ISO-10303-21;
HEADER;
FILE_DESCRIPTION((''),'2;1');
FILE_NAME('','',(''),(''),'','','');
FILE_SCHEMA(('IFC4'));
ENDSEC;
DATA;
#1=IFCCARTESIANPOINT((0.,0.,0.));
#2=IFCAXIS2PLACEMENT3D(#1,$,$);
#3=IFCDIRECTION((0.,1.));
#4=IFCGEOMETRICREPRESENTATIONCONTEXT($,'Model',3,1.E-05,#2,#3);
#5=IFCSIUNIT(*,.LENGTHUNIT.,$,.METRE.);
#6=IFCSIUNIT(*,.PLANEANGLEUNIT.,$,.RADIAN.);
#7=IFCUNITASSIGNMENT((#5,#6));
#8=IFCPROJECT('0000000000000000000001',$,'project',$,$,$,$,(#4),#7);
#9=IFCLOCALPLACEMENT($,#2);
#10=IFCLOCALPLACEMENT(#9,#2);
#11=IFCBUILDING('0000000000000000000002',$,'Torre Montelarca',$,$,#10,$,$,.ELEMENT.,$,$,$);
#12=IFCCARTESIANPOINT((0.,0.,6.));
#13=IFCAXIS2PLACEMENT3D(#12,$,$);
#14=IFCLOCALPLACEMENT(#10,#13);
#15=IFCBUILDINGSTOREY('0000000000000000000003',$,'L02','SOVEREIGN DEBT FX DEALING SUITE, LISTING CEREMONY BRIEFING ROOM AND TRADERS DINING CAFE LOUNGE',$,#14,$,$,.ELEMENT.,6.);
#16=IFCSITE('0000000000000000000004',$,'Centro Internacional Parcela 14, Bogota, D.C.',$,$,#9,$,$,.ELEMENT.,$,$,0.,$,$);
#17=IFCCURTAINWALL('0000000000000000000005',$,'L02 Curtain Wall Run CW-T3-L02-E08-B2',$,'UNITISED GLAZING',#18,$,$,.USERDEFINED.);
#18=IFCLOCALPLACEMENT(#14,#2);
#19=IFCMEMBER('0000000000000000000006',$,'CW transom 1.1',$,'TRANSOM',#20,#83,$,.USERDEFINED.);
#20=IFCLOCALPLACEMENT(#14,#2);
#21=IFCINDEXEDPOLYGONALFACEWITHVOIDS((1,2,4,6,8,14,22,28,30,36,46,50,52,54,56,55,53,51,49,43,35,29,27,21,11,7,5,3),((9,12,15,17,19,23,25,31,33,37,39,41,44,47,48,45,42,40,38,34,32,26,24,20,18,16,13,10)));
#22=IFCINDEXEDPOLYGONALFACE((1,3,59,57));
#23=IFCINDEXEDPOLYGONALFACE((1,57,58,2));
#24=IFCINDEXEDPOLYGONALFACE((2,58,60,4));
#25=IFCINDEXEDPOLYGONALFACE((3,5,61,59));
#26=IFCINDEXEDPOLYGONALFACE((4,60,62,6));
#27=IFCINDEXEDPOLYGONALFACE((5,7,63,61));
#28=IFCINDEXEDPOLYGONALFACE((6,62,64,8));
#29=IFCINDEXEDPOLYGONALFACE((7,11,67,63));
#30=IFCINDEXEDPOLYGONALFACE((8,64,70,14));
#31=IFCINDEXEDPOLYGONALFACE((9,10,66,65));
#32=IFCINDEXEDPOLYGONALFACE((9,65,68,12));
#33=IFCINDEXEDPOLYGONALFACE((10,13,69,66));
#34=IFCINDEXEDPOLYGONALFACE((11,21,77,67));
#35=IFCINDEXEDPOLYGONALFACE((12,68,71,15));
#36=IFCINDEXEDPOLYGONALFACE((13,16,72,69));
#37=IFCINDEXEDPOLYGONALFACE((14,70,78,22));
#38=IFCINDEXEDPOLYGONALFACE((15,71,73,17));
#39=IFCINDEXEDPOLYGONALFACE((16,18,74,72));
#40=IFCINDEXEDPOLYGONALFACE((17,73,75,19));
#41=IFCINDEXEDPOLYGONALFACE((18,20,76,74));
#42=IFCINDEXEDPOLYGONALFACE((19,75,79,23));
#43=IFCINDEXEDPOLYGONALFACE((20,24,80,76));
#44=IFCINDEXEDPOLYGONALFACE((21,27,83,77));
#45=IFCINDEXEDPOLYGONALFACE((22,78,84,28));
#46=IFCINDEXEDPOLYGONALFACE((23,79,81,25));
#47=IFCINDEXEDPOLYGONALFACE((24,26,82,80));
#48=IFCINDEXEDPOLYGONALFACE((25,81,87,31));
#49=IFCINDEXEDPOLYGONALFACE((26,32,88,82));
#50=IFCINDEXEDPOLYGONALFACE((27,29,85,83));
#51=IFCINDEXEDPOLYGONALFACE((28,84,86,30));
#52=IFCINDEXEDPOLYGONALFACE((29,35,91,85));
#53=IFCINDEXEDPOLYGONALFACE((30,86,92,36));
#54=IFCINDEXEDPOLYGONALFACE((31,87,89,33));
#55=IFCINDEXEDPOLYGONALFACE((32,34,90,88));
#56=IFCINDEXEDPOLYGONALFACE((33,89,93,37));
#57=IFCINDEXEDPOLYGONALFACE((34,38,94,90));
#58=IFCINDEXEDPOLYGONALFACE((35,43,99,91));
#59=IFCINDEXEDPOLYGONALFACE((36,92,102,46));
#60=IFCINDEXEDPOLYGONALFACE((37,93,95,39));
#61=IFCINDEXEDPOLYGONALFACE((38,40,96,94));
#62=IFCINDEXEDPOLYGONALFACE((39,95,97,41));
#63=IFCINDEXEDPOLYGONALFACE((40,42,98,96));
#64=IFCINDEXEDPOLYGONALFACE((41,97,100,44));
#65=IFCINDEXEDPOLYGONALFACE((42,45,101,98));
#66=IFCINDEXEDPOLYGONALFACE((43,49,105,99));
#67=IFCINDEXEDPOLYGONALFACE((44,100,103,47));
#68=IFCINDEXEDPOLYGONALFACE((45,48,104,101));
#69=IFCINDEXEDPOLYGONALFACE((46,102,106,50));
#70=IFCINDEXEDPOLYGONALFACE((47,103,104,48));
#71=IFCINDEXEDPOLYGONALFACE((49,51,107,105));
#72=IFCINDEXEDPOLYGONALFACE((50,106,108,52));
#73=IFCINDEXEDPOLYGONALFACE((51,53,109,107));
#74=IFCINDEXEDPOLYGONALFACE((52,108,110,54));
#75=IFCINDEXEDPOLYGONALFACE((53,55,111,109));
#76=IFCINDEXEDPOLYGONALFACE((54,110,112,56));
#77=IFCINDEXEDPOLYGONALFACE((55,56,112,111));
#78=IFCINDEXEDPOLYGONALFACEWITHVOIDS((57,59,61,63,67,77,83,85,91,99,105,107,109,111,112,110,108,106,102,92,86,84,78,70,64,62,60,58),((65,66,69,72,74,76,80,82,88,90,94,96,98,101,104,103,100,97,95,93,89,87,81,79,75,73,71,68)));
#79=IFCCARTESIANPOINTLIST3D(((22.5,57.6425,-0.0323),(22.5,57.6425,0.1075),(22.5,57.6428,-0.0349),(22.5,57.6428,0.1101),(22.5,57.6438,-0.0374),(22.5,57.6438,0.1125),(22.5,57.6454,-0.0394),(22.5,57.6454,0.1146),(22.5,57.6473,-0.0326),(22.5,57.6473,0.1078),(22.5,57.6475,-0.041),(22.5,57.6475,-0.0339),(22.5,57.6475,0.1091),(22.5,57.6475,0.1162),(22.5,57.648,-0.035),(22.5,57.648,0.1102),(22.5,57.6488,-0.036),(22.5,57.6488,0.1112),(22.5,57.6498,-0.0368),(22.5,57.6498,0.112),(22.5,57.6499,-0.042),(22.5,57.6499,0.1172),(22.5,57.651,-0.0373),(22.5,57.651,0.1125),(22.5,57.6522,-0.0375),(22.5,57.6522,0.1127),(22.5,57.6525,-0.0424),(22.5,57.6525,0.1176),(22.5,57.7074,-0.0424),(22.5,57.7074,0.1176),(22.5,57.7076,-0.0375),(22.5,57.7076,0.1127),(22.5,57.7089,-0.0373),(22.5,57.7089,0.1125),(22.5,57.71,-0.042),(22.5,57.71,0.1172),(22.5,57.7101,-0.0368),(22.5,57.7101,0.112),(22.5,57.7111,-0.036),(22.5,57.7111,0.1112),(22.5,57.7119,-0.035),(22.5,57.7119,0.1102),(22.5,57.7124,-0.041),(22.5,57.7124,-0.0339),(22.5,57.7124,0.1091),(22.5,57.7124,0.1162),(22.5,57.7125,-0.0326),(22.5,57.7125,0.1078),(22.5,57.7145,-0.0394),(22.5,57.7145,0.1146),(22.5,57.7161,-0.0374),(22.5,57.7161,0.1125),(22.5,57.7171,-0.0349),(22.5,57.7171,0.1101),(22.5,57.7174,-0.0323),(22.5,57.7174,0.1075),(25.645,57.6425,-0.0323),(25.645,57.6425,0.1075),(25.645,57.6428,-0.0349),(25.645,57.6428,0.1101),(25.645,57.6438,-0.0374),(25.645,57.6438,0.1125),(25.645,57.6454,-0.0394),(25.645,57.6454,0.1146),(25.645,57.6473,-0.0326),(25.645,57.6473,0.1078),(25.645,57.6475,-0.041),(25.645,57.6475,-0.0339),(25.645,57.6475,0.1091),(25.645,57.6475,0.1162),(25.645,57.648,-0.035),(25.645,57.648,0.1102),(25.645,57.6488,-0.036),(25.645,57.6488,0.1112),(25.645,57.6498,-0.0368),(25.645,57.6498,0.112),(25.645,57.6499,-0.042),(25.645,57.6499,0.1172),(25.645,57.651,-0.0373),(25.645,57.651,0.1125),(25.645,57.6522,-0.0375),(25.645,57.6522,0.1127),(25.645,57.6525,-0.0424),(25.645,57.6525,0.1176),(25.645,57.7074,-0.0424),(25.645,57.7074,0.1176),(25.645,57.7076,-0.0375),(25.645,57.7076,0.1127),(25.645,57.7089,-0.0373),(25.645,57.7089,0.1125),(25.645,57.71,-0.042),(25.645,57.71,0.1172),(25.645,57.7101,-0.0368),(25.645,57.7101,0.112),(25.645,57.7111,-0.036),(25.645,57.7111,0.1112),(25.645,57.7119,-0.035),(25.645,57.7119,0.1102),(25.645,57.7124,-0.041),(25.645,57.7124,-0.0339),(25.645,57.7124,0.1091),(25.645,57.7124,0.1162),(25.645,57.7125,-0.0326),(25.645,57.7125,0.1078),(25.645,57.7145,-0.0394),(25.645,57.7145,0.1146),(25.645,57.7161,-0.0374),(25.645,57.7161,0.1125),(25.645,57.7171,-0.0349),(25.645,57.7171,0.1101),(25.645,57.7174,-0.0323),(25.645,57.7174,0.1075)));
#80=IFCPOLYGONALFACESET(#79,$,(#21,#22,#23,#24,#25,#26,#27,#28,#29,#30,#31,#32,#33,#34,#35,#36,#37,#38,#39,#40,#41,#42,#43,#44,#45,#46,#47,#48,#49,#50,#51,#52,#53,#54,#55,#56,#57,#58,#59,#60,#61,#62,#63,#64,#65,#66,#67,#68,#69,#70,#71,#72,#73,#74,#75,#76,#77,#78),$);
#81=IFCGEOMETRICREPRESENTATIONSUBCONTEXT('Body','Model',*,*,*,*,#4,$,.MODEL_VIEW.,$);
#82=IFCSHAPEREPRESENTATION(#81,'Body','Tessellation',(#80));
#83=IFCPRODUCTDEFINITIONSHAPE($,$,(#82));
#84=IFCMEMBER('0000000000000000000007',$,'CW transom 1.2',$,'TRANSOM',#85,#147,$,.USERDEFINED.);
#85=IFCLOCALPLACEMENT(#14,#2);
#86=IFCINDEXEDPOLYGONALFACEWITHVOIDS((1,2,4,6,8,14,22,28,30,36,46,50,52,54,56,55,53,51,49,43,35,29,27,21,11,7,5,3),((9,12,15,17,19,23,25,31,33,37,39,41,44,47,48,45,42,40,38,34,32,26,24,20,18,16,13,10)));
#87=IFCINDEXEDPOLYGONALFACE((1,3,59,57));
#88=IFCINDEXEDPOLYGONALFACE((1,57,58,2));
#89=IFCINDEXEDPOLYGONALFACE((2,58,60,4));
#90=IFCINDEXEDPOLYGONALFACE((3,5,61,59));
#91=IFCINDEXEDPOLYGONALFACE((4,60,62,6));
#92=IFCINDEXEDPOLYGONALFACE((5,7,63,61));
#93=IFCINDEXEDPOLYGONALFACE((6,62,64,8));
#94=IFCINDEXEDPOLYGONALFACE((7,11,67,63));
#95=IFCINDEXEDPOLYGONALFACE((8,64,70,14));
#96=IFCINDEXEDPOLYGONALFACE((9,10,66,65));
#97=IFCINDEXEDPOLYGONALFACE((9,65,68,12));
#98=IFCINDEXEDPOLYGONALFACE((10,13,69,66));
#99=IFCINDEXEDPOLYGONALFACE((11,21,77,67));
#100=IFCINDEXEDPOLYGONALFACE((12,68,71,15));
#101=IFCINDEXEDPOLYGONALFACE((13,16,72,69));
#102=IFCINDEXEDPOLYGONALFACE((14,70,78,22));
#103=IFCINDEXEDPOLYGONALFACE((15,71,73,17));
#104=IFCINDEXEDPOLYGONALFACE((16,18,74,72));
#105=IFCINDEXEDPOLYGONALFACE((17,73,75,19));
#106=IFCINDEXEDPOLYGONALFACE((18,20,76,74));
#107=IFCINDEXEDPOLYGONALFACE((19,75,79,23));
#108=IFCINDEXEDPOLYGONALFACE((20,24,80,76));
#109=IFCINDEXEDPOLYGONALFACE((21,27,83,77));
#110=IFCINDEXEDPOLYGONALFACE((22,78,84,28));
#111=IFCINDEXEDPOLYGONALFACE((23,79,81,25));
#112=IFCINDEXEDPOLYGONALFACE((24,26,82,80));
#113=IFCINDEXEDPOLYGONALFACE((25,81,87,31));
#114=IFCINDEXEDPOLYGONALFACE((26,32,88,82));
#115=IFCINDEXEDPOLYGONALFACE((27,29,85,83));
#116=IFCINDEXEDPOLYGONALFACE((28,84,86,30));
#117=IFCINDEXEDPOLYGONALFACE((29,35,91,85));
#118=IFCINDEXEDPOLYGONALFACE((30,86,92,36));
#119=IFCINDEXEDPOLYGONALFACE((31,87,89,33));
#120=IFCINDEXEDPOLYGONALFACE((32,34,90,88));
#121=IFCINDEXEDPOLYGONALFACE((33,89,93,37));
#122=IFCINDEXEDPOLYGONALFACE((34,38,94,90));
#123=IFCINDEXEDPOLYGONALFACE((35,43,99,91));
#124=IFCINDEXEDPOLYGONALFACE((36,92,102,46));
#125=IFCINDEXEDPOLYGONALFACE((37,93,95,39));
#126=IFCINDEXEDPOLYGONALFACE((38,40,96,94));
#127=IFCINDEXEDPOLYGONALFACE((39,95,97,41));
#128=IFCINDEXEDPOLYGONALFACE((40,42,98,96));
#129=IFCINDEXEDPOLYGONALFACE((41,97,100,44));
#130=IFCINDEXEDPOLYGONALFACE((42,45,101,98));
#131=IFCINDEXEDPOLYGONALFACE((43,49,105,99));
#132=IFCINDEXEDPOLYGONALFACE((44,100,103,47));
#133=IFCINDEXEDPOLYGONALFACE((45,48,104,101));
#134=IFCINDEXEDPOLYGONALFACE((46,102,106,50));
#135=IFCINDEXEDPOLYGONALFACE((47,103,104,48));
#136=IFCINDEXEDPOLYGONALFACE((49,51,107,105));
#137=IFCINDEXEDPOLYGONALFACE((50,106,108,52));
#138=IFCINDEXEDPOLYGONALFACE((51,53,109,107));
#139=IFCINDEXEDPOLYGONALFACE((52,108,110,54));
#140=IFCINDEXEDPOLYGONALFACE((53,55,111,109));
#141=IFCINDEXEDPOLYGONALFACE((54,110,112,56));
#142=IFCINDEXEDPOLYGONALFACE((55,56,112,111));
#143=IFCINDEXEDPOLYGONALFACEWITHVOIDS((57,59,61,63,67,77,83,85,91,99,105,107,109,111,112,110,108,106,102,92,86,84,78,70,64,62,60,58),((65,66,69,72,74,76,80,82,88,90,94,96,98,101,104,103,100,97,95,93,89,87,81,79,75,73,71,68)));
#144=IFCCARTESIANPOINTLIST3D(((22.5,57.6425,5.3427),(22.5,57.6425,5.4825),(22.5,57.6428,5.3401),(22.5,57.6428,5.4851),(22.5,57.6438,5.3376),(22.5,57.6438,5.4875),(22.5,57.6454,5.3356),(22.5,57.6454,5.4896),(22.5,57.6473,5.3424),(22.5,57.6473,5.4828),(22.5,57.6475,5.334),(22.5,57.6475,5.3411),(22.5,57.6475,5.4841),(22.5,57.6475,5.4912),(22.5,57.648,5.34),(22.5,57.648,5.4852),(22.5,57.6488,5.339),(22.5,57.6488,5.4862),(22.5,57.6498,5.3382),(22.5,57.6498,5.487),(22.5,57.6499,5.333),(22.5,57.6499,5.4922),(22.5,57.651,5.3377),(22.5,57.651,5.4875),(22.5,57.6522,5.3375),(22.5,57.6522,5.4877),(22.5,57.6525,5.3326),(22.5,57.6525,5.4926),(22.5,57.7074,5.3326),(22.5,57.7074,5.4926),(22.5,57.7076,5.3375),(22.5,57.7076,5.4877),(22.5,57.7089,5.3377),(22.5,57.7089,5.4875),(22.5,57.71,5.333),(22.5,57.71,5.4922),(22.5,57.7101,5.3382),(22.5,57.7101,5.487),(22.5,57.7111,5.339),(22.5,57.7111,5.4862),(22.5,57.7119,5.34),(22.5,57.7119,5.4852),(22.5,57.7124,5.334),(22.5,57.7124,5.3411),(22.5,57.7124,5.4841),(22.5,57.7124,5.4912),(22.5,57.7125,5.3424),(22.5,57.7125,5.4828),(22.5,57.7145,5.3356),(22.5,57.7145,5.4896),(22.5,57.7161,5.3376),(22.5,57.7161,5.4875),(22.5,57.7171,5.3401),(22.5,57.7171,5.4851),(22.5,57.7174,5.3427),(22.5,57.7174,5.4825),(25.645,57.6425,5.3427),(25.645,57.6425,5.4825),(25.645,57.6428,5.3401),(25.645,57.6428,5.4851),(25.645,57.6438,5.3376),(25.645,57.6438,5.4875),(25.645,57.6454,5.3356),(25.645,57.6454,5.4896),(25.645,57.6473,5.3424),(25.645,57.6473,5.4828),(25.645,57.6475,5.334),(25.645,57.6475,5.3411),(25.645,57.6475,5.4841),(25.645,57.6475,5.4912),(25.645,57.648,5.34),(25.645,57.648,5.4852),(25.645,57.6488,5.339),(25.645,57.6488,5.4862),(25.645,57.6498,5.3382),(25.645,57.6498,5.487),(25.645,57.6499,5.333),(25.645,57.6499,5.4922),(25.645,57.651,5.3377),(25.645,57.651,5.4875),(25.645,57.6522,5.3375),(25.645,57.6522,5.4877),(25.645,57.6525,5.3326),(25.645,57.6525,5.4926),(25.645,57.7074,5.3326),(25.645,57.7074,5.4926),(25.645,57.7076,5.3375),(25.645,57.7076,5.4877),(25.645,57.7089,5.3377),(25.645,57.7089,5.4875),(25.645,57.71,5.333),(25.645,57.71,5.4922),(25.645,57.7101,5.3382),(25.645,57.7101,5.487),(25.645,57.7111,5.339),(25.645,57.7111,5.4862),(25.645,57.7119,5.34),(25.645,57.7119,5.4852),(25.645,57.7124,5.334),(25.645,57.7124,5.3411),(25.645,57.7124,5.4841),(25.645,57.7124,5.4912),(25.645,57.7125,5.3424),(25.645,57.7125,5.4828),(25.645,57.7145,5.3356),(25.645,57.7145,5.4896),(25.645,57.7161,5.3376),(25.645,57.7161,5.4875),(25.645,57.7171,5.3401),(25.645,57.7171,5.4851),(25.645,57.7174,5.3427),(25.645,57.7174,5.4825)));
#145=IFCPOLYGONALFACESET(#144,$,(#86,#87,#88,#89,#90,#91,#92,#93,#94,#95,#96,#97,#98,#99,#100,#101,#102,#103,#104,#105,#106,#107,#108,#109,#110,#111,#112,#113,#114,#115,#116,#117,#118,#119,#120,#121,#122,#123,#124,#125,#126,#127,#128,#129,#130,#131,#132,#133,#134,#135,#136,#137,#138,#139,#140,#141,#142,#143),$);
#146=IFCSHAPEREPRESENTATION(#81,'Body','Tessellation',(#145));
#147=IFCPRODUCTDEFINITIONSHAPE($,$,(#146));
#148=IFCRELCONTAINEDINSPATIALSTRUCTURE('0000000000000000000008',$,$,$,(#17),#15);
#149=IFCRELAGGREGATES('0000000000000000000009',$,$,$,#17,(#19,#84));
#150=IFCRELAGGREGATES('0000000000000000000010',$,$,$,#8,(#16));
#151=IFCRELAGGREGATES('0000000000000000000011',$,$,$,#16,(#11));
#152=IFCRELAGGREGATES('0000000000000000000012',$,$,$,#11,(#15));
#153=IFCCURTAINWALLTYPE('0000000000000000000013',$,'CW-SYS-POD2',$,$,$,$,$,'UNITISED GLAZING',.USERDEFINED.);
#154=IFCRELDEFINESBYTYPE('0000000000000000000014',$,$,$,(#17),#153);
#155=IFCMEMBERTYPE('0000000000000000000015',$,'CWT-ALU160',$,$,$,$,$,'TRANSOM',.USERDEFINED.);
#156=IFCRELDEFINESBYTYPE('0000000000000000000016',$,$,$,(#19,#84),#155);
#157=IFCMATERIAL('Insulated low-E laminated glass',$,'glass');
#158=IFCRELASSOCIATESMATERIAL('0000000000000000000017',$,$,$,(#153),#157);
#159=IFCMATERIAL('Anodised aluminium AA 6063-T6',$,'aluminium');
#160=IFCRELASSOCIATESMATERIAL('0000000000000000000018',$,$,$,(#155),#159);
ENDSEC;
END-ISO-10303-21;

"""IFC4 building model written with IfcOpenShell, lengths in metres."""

from ifc_helpers import new_model, si_unit, direction, frame, origin, origin_2d, place, context, subcontext, project, spatial, hollow_rectangle, extrude, source, transform, mapped, material, material_profile, profile_set, type_object, element, aggregate, save


model = new_model("IFC4")

# Units and contexts
model_context = context("Model", 3, precision=1e-05, world=origin(), true_north=direction((0.0, 1.0)))
body_context = subcontext(model_context, "Body", "Model", "MODEL_VIEW")
ifc_project = project(units=[si_unit("LENGTHUNIT", "METRE"), si_unit("PLANEANGLEUNIT", "RADIAN")], contexts=[model_context])

# Site, building, storey
site_placement = place(None, origin())
site = spatial("IfcSite", under=ifc_project, at=site_placement, Name="Centro Internacional Parcela 14, Bogota, D.C.", CompositionType="ELEMENT", RefElevation=0.0)
building_placement = place(site_placement, origin())
building = spatial("IfcBuilding", under=site, at=building_placement, Name="Torre Montelarca", CompositionType="ELEMENT")
storey_placement = place(building_placement, frame((0.0, 0.0, 6.0)))
storey = spatial("IfcBuildingStorey", under=building, at=storey_placement, Name="L02", Description="SOVEREIGN DEBT FX DEALING SUITE, LISTING CEREMONY BRIEFING ROOM AND TRADERS DINING CAFE LOUNGE", CompositionType="ELEMENT", Elevation=6.0)

# Curtain wall
ifc_material_1 = material(Name="Insulated low-E laminated glass", Category="glass")
curtain_wall_type = type_object("IfcCurtainWallType", Name="CW-SYS-POD2", ElementType="UNITISED GLAZING", PredefinedType="USERDEFINED", material=ifc_material_1)
curtain_wall_1_placement = place(storey_placement, origin())
curtain_wall_1 = element("IfcCurtainWall", 1, at=curtain_wall_1_placement, inside=storey, type_object=curtain_wall_type, Name="L02 Curtain Wall Run CW-T3-L02-E08-B2", ObjectType="UNITISED GLAZING", PredefinedType="USERDEFINED")
ifc_material_2 = material(Name="Anodised aluminium AA 6063-T6", Category="aluminium")
ifc_material_profile_1 = material_profile(ifc_material_2, hollow_rectangle(XDim=0.075, YDim=0.1599, WallThickness=0.0049, InnerFilletRadius=0.0049, OuterFilletRadius=0.01, at=origin_2d()), Name="ALU75X160X5", Category="aluminium")
ifc_profile_set_1 = profile_set([ifc_material_profile_1], Name="Anodised aluminium AA 6063-T6")
member_type_1 = type_object("IfcMemberType", Name="CWT-ALU160", ElementType="TRANSOM", PredefinedType="USERDEFINED", material=ifc_profile_set_1)

# Members
shared_shape_1 = source(origin(), body_context, "Body", "SweptSolid", [
    extrude(hollow_rectangle(XDim=0.075, YDim=0.1599, WallThickness=0.0049, InnerFilletRadius=0.0049, OuterFilletRadius=0.01, at=origin_2d()), origin(), (0.0, 0.0, 1.0), 3.145),
])
member_1_placement = place(storey_placement, frame((25.645, 57.6799, 0.0376), z_axis=(-1.0, 0.0, 0.0), x_axis=(0.0, -1.0, 0.0)))
member_1 = element("IfcMember", 2, at=member_1_placement, type_object=member_type_1, Name="CW transom 1.1", ObjectType="TRANSOM", PredefinedType="USERDEFINED", context=body_context, shape_type="MappedRepresentation", body=[
    mapped(shared_shape_1, transform((0.0, 0.0, 0.0), scale=1.0)),
])
member_2_placement = place(storey_placement, frame((25.645, 57.6799, 5.4126), z_axis=(-1.0, 0.0, 0.0), x_axis=(0.0, -1.0, 0.0)))
member_2 = element("IfcMember", 3, at=member_2_placement, type_object=member_type_1, Name="CW transom 1.2", ObjectType="TRANSOM", PredefinedType="USERDEFINED", context=body_context, shape_type="MappedRepresentation", body=[
    mapped(shared_shape_1, transform((0.0, 0.0, 0.0), scale=1.0)),
])

aggregate(curtain_wall_1, [member_1, member_2])

save(model, "model.ifc")
